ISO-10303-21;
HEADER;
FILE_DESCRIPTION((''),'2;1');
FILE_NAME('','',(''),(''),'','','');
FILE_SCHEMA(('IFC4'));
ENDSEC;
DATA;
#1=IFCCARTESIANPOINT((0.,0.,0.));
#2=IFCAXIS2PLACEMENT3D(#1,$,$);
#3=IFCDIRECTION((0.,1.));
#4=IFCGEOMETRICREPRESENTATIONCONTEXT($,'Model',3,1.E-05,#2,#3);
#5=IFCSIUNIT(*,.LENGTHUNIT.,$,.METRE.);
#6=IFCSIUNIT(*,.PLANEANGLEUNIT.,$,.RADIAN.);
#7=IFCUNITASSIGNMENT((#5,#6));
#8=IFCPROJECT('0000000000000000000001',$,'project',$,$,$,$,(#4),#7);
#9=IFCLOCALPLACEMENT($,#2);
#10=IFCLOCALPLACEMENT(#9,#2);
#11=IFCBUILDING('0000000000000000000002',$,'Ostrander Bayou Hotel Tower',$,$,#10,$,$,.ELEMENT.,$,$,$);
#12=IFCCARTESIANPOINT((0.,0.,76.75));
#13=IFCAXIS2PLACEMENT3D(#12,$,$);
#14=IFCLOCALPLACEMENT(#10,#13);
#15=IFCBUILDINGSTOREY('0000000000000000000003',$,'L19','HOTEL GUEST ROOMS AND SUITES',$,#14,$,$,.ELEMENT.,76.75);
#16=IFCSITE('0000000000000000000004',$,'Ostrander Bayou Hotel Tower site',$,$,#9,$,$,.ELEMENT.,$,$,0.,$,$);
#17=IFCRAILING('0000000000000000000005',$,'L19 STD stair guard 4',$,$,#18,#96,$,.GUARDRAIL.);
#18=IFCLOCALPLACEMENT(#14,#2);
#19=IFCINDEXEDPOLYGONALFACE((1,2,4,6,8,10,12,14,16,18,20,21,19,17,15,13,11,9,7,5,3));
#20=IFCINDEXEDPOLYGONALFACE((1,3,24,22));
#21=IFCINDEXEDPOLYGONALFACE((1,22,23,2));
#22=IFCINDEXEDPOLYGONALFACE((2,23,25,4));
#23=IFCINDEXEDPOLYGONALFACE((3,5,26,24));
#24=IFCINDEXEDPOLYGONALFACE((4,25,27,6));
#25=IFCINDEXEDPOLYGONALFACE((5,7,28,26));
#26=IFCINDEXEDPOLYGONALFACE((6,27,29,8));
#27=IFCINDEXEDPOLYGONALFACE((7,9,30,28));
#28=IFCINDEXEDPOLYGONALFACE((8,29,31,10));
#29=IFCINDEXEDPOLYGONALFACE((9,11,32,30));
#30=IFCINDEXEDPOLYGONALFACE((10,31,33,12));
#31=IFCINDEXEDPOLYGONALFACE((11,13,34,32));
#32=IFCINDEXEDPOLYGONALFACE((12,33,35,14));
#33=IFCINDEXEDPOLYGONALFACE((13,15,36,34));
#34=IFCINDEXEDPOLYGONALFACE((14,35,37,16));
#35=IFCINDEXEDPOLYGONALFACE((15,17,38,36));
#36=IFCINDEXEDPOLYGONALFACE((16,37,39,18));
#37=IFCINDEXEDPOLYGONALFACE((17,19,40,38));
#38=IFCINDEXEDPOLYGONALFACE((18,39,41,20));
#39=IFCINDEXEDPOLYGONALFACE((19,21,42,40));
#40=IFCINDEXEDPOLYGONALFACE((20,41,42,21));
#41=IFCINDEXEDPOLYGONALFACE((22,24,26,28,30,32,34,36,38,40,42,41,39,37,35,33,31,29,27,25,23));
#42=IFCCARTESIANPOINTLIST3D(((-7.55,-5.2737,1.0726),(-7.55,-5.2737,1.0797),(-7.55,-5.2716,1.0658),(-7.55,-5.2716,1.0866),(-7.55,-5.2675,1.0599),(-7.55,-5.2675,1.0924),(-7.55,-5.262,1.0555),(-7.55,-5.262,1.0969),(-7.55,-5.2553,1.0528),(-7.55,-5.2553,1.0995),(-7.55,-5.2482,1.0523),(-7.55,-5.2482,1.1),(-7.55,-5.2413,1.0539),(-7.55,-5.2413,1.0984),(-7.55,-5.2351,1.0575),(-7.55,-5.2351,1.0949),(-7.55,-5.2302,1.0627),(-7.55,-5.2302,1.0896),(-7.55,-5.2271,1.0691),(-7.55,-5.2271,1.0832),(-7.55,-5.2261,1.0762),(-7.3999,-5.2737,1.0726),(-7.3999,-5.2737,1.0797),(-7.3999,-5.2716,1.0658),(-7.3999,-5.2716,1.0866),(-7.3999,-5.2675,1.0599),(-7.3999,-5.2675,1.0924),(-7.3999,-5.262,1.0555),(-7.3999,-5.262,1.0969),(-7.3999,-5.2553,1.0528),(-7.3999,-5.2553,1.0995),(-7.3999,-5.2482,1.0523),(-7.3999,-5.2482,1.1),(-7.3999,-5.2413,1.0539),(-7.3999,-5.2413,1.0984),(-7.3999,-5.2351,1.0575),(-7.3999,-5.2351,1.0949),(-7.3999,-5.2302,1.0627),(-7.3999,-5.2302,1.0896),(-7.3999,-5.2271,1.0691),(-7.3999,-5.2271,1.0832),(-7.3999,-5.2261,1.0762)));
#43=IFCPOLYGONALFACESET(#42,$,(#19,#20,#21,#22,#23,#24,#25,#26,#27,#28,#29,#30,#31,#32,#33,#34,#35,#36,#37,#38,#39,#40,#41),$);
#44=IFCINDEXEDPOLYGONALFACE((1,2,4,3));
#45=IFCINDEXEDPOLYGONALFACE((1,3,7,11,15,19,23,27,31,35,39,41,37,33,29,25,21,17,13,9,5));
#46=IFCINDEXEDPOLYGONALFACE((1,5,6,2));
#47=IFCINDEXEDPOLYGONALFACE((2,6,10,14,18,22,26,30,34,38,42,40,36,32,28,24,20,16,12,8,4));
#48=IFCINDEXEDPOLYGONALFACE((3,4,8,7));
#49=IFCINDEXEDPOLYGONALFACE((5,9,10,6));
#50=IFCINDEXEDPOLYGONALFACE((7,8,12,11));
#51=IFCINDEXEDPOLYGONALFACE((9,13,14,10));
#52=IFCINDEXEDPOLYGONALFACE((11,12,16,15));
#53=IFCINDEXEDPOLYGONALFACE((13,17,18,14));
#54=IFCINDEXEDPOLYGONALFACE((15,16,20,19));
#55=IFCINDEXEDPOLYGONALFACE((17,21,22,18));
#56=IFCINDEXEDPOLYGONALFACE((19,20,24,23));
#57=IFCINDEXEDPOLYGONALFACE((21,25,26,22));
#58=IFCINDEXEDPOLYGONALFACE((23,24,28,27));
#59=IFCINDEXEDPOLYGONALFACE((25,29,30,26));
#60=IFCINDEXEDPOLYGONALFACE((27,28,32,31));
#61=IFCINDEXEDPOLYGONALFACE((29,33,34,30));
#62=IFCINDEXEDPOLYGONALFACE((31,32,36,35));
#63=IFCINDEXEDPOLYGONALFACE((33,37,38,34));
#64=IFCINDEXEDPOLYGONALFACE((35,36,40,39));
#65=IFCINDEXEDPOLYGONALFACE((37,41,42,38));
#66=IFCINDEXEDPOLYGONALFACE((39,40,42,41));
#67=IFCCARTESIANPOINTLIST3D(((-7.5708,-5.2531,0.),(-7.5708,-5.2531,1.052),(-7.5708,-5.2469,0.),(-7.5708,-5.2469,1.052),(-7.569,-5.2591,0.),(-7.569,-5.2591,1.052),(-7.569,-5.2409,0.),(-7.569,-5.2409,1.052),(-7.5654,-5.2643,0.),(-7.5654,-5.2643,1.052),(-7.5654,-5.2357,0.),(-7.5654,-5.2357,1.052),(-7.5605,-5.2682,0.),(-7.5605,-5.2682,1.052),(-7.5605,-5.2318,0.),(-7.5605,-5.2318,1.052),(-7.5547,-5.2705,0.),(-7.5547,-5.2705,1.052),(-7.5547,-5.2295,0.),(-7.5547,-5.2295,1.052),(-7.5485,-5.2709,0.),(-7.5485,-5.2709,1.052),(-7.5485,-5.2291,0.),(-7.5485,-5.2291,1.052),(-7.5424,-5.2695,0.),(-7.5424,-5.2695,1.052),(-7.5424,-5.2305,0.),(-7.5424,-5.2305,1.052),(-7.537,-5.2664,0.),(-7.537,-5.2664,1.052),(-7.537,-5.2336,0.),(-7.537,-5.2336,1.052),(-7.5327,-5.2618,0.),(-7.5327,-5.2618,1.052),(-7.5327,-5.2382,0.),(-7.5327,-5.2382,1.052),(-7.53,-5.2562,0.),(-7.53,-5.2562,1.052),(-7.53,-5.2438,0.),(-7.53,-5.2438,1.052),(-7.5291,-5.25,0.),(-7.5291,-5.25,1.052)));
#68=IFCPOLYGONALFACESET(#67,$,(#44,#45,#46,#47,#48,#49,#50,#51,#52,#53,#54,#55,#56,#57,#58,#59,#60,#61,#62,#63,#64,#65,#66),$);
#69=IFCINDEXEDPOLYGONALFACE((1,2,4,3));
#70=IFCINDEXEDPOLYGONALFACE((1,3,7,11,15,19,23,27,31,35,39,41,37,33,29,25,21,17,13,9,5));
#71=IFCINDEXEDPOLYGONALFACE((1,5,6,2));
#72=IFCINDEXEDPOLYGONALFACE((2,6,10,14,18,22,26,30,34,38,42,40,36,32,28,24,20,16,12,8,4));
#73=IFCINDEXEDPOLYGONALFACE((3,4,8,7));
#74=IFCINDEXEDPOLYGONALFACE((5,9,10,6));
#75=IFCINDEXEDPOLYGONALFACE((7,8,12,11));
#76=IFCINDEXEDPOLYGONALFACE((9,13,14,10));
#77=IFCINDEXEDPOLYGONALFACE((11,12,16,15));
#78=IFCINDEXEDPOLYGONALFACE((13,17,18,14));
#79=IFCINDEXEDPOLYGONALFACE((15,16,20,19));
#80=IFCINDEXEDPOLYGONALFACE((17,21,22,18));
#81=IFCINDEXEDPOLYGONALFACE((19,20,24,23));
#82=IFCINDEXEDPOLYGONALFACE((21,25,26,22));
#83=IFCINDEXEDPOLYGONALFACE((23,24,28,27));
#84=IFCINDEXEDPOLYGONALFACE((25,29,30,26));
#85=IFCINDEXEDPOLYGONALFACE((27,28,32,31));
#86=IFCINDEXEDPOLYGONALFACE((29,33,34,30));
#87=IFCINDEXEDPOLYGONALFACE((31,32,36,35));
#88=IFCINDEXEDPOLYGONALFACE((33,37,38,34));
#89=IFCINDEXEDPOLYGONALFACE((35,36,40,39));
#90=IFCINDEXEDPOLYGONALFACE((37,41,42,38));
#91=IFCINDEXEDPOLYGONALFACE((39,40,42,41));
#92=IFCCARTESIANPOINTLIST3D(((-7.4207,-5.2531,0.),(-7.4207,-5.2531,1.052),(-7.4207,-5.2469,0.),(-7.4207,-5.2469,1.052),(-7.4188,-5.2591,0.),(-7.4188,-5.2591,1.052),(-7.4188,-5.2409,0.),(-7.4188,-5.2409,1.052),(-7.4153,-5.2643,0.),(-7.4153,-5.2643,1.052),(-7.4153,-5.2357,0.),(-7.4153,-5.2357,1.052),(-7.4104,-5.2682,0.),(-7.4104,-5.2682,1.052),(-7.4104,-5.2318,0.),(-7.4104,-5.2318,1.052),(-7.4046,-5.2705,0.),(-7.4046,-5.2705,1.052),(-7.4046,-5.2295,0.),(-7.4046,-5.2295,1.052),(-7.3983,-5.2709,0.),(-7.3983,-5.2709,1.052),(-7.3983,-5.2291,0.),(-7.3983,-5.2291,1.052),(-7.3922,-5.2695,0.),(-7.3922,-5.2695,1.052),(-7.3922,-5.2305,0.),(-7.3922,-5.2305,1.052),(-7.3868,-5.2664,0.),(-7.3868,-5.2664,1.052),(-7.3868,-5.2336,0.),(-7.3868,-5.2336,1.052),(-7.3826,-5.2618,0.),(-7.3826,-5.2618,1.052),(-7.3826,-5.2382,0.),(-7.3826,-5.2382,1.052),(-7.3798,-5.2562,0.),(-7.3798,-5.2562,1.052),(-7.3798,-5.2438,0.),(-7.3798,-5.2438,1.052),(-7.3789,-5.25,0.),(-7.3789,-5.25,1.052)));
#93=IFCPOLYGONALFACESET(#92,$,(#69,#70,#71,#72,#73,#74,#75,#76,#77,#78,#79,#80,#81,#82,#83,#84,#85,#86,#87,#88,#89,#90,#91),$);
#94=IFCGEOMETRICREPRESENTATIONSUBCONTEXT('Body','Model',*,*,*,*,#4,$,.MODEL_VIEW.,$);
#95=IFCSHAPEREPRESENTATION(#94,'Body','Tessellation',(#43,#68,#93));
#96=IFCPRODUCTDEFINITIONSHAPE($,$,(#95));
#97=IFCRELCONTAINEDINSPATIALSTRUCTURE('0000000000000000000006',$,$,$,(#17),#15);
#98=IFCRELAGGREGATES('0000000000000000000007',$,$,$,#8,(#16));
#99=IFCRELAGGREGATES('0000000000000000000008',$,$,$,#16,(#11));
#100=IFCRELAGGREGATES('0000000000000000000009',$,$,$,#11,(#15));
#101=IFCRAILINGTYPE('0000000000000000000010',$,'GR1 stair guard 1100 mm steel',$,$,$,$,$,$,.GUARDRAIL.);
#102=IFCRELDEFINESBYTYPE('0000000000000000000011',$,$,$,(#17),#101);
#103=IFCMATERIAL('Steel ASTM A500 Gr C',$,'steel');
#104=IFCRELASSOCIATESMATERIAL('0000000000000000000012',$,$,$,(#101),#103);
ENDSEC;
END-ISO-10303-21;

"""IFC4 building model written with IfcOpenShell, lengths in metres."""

from ifc_helpers import new_model, si_unit, direction, frame, origin, origin_2d, place, context, subcontext, project, spatial, circle, extrude, material, type_object, element, save


model = new_model("IFC4")

# Units and contexts
model_context = context("Model", 3, precision=1e-05, world=origin(), true_north=direction((0.0, 1.0)))
body_context = subcontext(model_context, "Body", "Model", "MODEL_VIEW")
ifc_project = project(units=[si_unit("LENGTHUNIT", "METRE"), si_unit("PLANEANGLEUNIT", "RADIAN")], contexts=[model_context])

# Site, building, storey
site_placement = place(None, origin())
site = spatial("IfcSite", under=ifc_project, at=site_placement, Name="Ostrander Bayou Hotel Tower site", CompositionType="ELEMENT", RefElevation=0.0)
building_placement = place(site_placement, origin())
building = spatial("IfcBuilding", under=site, at=building_placement, Name="Ostrander Bayou Hotel Tower", CompositionType="ELEMENT")
storey_placement = place(building_placement, frame((0.0, 0.0, 76.75)))
storey = spatial("IfcBuildingStorey", under=building, at=storey_placement, Name="L19", Description="HOTEL GUEST ROOMS AND SUITES", CompositionType="ELEMENT", Elevation=76.75)

# Railing
ifc_material_1 = material(Name="Steel ASTM A500 Gr C", Category="steel")
railing_type_1 = type_object("IfcRailingType", Name="GR1 stair guard 1100 mm steel", PredefinedType="GUARDRAIL", material=ifc_material_1)
railing_1_placement = place(storey_placement, frame((-7.55, -5.25, 0.0)))
element("IfcRailing", 1, at=railing_1_placement, inside=storey, type_object=railing_type_1, Name="L19 STD stair guard 4", PredefinedType="GUARDRAIL", context=body_context, shape_type="SweptSolid", body=[
    extrude(circle(Radius=0.0239, at=origin_2d()), frame((0.0, 0.0, 1.0762), z_axis=(1.0, 0.0, 0.0), x_axis=(0.0, 1.0, 0.0)), (0.0, 0.0, 1.0), 0.1501),
    extrude(circle(Radius=0.021, at=origin_2d()), origin(), (0.0, 0.0, 1.0), 1.052),
    extrude(circle(Radius=0.021, at=origin_2d()), frame((0.1501, 0.0, 0.0)), (0.0, 0.0, 1.0), 1.052),
])

save(model, "model.ifc")
